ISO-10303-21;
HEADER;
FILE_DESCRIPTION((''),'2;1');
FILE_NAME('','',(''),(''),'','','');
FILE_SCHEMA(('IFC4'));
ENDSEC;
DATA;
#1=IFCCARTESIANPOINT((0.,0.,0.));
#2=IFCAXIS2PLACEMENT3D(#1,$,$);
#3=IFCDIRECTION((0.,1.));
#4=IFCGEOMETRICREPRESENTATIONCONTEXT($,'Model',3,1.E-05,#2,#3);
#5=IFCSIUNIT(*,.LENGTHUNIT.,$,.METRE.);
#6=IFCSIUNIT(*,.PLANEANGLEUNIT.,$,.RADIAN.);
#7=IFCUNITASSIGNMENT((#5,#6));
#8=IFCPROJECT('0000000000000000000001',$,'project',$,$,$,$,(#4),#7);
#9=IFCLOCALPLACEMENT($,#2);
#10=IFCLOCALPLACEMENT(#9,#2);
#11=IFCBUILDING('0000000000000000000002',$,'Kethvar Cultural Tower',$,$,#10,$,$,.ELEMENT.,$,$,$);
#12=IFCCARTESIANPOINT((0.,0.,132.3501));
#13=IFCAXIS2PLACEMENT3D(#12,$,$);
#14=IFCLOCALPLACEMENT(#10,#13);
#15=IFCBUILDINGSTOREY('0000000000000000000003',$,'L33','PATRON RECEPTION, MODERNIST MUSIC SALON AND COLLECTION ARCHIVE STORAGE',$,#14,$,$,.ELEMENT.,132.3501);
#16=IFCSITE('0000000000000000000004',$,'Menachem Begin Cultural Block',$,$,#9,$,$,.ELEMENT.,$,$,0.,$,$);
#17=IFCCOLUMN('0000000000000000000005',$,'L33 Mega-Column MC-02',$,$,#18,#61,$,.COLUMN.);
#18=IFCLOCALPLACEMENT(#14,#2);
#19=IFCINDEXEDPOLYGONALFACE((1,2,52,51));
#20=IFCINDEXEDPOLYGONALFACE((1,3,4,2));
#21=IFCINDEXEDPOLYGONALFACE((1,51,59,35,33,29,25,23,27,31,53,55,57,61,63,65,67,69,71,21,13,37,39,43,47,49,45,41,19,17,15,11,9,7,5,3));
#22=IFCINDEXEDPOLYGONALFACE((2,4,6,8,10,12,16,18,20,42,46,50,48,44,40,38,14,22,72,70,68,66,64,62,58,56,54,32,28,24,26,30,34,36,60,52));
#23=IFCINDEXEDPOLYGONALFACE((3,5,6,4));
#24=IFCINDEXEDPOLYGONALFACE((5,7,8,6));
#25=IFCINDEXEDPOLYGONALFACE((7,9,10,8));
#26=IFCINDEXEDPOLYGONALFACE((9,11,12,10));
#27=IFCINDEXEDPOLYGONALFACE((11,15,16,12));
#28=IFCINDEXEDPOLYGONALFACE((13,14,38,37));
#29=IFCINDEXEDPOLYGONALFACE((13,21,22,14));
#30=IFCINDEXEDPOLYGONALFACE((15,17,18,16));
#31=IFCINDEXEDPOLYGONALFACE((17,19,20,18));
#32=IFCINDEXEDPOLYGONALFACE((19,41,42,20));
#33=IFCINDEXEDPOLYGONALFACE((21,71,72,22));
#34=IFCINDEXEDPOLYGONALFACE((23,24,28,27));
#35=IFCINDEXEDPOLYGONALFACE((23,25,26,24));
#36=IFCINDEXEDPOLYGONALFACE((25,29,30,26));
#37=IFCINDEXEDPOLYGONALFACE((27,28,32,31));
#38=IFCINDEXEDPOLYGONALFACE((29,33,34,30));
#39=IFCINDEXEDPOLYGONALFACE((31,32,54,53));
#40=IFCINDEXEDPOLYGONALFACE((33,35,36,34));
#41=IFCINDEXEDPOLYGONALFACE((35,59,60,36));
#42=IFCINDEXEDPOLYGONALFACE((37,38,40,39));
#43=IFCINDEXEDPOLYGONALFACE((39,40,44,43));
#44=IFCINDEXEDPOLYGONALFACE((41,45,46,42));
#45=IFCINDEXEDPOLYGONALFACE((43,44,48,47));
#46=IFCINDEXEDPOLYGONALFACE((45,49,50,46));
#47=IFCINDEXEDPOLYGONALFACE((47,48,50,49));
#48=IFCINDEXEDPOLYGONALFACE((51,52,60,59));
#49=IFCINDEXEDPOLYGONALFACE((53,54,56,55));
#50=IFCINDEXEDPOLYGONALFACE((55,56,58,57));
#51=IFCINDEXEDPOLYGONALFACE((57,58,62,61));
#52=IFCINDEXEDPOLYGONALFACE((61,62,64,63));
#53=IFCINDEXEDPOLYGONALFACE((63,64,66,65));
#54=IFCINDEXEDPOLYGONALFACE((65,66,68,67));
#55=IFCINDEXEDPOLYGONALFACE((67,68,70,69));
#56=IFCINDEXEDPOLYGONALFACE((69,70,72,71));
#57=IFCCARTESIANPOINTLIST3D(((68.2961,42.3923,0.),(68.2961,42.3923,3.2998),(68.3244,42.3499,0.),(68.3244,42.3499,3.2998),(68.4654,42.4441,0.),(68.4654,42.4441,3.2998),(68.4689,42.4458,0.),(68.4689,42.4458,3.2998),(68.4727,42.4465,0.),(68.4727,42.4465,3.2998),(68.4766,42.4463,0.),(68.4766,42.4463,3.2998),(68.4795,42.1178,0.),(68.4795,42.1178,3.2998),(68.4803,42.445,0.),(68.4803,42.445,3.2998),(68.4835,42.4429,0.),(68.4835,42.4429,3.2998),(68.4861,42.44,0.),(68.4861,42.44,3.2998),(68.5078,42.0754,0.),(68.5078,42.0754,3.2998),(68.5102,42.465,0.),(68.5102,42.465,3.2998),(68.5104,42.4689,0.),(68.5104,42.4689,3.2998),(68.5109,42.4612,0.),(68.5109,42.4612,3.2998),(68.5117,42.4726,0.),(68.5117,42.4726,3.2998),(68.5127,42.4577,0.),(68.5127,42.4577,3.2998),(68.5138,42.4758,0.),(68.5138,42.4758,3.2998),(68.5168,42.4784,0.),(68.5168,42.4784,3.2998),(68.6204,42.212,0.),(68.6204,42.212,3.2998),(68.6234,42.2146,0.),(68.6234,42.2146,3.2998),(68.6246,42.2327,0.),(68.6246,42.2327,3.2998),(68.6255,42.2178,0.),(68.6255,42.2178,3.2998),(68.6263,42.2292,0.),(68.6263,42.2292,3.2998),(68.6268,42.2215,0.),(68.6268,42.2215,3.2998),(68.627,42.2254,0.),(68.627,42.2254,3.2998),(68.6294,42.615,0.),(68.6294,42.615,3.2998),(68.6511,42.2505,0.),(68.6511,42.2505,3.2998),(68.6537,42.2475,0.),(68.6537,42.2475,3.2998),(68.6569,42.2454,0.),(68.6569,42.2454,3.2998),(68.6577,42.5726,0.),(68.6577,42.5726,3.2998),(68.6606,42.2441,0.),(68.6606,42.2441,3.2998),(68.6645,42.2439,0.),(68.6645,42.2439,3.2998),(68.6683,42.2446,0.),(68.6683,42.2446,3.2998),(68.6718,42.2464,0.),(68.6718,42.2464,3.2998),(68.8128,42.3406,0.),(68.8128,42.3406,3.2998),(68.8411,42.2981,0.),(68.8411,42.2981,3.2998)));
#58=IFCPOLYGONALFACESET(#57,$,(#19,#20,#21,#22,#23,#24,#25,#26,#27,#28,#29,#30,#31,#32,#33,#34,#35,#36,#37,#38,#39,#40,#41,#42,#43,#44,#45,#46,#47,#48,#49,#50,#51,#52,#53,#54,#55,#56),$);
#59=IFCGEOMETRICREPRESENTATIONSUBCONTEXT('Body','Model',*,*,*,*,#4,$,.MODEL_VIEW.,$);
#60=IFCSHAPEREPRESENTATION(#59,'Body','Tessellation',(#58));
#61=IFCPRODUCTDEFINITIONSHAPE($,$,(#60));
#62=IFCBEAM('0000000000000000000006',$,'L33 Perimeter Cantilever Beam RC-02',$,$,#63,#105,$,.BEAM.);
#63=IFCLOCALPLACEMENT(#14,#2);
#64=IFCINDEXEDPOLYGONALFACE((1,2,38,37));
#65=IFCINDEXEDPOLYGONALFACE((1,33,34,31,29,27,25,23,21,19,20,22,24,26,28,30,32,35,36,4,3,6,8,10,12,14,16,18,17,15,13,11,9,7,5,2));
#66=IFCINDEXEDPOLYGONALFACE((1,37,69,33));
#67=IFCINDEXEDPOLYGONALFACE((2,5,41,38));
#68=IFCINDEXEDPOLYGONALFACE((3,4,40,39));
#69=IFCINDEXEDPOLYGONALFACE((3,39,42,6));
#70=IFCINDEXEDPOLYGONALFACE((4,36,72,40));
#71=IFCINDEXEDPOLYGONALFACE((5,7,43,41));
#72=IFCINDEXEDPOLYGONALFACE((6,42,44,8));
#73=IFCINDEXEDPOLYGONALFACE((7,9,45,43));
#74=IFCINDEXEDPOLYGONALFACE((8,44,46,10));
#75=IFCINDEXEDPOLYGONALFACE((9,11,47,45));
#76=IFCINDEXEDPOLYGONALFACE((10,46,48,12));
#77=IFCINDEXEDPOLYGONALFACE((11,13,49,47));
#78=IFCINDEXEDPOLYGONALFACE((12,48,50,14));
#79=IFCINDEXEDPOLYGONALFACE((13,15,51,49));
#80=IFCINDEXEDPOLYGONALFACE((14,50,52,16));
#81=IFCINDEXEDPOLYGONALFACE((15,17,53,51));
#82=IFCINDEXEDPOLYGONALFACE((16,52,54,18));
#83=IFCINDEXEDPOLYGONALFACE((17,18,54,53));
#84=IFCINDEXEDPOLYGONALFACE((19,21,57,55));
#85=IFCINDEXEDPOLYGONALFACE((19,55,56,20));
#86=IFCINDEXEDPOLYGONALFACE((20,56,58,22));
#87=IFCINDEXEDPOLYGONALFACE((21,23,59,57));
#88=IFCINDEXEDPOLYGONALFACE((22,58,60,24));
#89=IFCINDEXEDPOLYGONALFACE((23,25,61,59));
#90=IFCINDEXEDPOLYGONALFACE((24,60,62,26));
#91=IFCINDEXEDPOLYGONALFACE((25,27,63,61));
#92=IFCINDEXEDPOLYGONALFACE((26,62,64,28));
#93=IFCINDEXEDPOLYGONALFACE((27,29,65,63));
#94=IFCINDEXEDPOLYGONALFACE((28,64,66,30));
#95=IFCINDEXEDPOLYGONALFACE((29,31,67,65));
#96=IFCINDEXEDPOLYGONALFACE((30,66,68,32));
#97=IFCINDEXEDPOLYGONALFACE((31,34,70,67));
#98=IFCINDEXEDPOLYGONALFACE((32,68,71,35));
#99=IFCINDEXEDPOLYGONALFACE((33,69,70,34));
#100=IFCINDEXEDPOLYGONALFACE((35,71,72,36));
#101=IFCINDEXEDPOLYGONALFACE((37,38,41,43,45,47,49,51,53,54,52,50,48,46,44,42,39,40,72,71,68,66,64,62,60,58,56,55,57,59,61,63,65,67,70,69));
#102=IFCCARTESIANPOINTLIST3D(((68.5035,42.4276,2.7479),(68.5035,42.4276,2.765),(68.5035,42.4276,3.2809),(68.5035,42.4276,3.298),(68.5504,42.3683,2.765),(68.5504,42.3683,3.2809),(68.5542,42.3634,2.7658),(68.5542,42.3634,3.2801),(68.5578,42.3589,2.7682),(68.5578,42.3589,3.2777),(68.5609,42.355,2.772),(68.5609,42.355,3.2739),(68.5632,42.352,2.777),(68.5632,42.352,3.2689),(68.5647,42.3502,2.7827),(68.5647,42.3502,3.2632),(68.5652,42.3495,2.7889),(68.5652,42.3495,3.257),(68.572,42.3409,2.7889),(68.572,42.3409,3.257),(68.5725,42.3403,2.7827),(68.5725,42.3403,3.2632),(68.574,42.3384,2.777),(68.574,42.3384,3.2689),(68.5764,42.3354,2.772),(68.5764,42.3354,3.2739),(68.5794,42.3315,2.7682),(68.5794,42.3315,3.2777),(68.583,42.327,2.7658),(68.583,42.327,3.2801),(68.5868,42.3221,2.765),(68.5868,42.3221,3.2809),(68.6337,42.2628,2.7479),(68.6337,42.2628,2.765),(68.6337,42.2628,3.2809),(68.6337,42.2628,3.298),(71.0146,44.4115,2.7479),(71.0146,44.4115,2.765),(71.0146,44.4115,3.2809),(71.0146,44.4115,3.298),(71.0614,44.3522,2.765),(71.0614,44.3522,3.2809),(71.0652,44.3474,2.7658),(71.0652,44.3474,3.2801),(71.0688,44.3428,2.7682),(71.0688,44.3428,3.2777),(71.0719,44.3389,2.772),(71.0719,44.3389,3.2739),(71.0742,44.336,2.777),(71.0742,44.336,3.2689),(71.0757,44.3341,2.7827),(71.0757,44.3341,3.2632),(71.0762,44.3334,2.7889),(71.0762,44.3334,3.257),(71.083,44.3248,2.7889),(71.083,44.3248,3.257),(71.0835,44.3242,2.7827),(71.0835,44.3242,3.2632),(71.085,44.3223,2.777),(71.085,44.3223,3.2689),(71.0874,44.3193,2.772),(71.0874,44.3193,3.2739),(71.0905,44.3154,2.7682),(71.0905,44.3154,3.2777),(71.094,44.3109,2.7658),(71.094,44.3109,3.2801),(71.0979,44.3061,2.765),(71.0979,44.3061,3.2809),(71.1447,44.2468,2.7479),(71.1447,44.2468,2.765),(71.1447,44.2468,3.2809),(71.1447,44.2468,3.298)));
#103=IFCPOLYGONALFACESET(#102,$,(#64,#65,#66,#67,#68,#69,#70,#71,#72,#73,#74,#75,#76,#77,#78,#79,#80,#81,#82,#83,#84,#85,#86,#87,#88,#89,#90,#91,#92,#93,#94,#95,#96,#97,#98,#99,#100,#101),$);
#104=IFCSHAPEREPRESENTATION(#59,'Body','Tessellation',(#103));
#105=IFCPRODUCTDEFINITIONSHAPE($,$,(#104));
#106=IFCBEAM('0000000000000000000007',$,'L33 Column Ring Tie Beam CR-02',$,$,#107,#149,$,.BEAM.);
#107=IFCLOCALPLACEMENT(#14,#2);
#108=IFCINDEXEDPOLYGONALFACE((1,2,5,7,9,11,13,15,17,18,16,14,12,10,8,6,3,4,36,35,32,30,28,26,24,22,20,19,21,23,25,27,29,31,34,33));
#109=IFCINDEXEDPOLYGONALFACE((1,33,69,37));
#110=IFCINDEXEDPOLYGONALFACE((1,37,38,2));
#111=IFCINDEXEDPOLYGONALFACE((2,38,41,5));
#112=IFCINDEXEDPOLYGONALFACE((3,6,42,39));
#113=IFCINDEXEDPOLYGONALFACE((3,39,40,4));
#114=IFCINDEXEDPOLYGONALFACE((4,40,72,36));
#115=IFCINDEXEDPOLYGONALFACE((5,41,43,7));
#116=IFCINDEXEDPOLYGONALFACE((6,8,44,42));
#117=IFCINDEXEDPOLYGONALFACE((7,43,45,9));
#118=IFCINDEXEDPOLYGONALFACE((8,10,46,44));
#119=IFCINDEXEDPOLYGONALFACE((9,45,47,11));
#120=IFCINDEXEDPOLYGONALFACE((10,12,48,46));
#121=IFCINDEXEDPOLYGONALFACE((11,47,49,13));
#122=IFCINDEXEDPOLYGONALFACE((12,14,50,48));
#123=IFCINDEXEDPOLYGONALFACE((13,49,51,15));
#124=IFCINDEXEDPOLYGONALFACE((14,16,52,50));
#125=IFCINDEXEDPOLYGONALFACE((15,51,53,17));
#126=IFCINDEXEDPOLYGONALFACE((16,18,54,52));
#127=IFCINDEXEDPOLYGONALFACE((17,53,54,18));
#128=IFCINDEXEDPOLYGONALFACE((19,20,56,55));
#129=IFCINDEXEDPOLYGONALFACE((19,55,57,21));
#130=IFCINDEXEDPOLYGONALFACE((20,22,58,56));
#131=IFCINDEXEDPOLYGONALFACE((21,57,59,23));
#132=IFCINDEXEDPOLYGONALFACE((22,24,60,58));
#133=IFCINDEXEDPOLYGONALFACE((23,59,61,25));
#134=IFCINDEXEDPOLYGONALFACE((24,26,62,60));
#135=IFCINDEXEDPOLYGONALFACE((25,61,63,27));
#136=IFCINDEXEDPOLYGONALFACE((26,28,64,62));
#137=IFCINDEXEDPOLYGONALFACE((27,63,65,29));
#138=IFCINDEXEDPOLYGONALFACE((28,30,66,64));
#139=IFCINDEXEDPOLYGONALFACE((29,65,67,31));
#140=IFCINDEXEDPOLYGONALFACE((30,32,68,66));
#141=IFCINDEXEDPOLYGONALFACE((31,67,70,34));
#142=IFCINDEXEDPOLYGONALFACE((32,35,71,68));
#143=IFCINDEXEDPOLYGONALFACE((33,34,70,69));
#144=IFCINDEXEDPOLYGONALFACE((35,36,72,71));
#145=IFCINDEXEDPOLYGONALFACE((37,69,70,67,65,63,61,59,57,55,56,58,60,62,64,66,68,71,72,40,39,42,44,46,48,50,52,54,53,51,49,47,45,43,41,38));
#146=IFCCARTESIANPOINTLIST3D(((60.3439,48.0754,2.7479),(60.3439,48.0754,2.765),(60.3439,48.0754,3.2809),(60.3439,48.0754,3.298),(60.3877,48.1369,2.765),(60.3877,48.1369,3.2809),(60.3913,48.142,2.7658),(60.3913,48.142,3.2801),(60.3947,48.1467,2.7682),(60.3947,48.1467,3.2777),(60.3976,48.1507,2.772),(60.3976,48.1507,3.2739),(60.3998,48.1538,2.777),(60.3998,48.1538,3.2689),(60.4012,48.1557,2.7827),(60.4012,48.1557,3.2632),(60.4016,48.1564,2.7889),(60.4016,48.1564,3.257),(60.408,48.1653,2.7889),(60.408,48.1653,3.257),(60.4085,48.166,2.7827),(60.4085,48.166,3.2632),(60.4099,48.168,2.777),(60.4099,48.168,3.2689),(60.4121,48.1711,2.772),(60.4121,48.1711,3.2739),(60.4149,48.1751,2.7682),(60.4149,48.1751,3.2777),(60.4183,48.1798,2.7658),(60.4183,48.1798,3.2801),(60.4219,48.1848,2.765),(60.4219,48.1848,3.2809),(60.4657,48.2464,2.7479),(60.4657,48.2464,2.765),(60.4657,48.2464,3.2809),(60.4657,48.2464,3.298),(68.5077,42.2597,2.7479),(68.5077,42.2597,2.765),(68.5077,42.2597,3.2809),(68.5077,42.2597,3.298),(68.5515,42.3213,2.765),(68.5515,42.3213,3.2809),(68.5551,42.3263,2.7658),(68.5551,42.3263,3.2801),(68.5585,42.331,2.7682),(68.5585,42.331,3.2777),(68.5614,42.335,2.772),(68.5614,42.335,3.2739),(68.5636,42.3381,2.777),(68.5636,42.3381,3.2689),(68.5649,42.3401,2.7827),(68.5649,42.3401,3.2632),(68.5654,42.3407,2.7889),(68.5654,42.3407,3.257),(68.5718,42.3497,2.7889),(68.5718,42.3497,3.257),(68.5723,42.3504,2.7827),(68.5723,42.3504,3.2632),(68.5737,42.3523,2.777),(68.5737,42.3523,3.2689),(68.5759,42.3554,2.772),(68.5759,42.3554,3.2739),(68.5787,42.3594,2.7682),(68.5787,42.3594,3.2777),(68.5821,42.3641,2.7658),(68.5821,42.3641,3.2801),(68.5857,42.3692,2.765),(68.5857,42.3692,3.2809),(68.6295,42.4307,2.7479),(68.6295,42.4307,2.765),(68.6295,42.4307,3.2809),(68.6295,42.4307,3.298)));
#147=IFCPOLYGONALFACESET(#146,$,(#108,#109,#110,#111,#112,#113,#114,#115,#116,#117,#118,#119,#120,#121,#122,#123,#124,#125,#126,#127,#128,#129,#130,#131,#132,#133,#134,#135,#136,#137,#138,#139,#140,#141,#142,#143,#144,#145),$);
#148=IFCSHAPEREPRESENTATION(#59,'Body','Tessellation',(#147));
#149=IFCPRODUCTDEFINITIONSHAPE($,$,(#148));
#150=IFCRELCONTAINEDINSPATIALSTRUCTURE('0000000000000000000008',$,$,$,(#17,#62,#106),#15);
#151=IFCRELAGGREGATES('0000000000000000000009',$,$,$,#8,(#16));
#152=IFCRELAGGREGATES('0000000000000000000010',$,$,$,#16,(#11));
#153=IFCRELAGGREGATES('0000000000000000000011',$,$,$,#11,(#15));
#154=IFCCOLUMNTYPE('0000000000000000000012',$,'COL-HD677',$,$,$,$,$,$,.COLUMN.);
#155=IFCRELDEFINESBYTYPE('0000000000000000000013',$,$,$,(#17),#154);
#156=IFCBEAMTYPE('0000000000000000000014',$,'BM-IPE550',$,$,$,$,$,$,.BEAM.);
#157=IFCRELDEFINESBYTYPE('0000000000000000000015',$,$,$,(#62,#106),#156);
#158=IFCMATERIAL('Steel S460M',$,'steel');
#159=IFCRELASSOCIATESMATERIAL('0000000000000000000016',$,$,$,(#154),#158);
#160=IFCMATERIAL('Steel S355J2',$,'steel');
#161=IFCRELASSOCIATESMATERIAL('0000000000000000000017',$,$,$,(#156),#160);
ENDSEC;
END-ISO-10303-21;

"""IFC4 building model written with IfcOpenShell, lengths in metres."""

from ifc_helpers import new_model, si_unit, direction, frame, origin, origin_2d, place, context, subcontext, project, spatial, i_section, extrude, source, transform, mapped, material, material_profile, profile_set, type_object, element, save


model = new_model("IFC4")

# Units and contexts
model_context = context("Model", 3, precision=1e-05, world=origin(), true_north=direction((0.0, 1.0)))
body_context = subcontext(model_context, "Body", "Model", "MODEL_VIEW")
ifc_project = project(units=[si_unit("LENGTHUNIT", "METRE"), si_unit("PLANEANGLEUNIT", "RADIAN")], contexts=[model_context])

# Site, building, storey
site_placement = place(None, origin())
site = spatial("IfcSite", under=ifc_project, at=site_placement, Name="Menachem Begin Cultural Block", CompositionType="ELEMENT", RefElevation=0.0)
building_placement = place(site_placement, origin())
building = spatial("IfcBuilding", under=site, at=building_placement, Name="Kethvar Cultural Tower", CompositionType="ELEMENT")
storey_placement = place(building_placement, frame((0.0, 0.0, 132.3501)))
storey = spatial("IfcBuildingStorey", under=building, at=storey_placement, Name="L33", Description="PATRON RECEPTION, MODERNIST MUSIC SALON AND COLLECTION ARCHIVE STORAGE", CompositionType="ELEMENT", Elevation=132.3501)

# Column
ifc_material_1 = material(Name="Steel S460M", Category="steel")
ifc_material_profile_1 = material_profile(ifc_material_1, i_section(OverallWidth=0.4009, OverallDepth=0.3811, WebThickness=0.032, FlangeThickness=0.051, FilletRadius=0.0149, at=origin_2d()), Name="Steel S460M — HD400x677")
ifc_profile_set_1 = profile_set([ifc_material_profile_1], Name="Steel S460M — HD400x677")
column_type = type_object("IfcColumnType", Name="COL-HD677", PredefinedType="COLUMN", material=ifc_profile_set_1)
shared_shape_1 = source(origin(), body_context, "Body", "SweptSolid", [
    extrude(i_section(OverallWidth=0.4009, OverallDepth=0.3811, WebThickness=0.032, FlangeThickness=0.051, FilletRadius=0.0149, at=origin_2d()), origin(), (0.0, 0.0, 1.0), 3.2998),
])
column_placement = place(storey_placement, frame((68.5686, 42.3452, 0.0), z_axis=(0.0, 0.0, 1.0), x_axis=(0.83147, 0.55557, 0.0)))
element("IfcColumn", 1, at=column_placement, inside=storey, type_object=column_type, Name="L33 Mega-Column MC-02", PredefinedType="COLUMN", context=body_context, shape_type="MappedRepresentation", body=[
    mapped(shared_shape_1, transform((0.0, 0.0, 0.0), scale=1.0)),
])

# Beams
ifc_material_2 = material(Name="Steel S355J2", Category="steel")
ifc_material_profile_2 = material_profile(ifc_material_2, i_section(OverallWidth=0.21, OverallDepth=0.55, WebThickness=0.011, FlangeThickness=0.0171, FilletRadius=0.0239, at=origin_2d()), Name="Steel S355J2 — IPE550")
ifc_profile_set_2 = profile_set([ifc_material_profile_2], Name="Steel S355J2 — IPE550")
beam_type_1 = type_object("IfcBeamType", Name="BM-IPE550", PredefinedType="BEAM", material=ifc_profile_set_2)
shared_shape_2 = source(origin(), body_context, "Body", "SweptSolid", [
    extrude(i_section(OverallWidth=0.21, OverallDepth=0.55, WebThickness=0.011, FlangeThickness=0.0171, FilletRadius=0.0239, at=origin_2d()), origin(), (0.0, 0.0, 1.0), 3.2002),
])
beam_1_placement = place(storey_placement, frame((68.5686, 42.3452, 3.0229), z_axis=(0.78465, 0.619939, 0.0), x_axis=(-0.619939, 0.78465, 0.0)))
element("IfcBeam", 2, at=beam_1_placement, inside=storey, type_object=beam_type_1, Name="L33 Perimeter Cantilever Beam RC-02", PredefinedType="BEAM", context=body_context, shape_type="MappedRepresentation", body=[
    mapped(shared_shape_2, transform((0.0, 0.0, 0.0), scale=1.0)),
])
shared_shape_3 = source(origin(), body_context, "Body", "SweptSolid", [
    extrude(i_section(OverallWidth=0.21, OverallDepth=0.55, WebThickness=0.011, FlangeThickness=0.0171, FilletRadius=0.0239, at=origin_2d()), origin(), (0.0, 0.0, 1.0), 10.0234),
])
beam_2_placement = place(storey_placement, frame((68.5686, 42.3452, 3.0229), z_axis=(-0.81447, 0.580206, 0.0), x_axis=(-0.580206, -0.81447, 0.0)))
element("IfcBeam", 3, at=beam_2_placement, inside=storey, type_object=beam_type_1, Name="L33 Column Ring Tie Beam CR-02", PredefinedType="BEAM", context=body_context, shape_type="MappedRepresentation", body=[
    mapped(shared_shape_3, transform((0.0, 0.0, 0.0), scale=1.0)),
])

save(model, "model.ifc")
